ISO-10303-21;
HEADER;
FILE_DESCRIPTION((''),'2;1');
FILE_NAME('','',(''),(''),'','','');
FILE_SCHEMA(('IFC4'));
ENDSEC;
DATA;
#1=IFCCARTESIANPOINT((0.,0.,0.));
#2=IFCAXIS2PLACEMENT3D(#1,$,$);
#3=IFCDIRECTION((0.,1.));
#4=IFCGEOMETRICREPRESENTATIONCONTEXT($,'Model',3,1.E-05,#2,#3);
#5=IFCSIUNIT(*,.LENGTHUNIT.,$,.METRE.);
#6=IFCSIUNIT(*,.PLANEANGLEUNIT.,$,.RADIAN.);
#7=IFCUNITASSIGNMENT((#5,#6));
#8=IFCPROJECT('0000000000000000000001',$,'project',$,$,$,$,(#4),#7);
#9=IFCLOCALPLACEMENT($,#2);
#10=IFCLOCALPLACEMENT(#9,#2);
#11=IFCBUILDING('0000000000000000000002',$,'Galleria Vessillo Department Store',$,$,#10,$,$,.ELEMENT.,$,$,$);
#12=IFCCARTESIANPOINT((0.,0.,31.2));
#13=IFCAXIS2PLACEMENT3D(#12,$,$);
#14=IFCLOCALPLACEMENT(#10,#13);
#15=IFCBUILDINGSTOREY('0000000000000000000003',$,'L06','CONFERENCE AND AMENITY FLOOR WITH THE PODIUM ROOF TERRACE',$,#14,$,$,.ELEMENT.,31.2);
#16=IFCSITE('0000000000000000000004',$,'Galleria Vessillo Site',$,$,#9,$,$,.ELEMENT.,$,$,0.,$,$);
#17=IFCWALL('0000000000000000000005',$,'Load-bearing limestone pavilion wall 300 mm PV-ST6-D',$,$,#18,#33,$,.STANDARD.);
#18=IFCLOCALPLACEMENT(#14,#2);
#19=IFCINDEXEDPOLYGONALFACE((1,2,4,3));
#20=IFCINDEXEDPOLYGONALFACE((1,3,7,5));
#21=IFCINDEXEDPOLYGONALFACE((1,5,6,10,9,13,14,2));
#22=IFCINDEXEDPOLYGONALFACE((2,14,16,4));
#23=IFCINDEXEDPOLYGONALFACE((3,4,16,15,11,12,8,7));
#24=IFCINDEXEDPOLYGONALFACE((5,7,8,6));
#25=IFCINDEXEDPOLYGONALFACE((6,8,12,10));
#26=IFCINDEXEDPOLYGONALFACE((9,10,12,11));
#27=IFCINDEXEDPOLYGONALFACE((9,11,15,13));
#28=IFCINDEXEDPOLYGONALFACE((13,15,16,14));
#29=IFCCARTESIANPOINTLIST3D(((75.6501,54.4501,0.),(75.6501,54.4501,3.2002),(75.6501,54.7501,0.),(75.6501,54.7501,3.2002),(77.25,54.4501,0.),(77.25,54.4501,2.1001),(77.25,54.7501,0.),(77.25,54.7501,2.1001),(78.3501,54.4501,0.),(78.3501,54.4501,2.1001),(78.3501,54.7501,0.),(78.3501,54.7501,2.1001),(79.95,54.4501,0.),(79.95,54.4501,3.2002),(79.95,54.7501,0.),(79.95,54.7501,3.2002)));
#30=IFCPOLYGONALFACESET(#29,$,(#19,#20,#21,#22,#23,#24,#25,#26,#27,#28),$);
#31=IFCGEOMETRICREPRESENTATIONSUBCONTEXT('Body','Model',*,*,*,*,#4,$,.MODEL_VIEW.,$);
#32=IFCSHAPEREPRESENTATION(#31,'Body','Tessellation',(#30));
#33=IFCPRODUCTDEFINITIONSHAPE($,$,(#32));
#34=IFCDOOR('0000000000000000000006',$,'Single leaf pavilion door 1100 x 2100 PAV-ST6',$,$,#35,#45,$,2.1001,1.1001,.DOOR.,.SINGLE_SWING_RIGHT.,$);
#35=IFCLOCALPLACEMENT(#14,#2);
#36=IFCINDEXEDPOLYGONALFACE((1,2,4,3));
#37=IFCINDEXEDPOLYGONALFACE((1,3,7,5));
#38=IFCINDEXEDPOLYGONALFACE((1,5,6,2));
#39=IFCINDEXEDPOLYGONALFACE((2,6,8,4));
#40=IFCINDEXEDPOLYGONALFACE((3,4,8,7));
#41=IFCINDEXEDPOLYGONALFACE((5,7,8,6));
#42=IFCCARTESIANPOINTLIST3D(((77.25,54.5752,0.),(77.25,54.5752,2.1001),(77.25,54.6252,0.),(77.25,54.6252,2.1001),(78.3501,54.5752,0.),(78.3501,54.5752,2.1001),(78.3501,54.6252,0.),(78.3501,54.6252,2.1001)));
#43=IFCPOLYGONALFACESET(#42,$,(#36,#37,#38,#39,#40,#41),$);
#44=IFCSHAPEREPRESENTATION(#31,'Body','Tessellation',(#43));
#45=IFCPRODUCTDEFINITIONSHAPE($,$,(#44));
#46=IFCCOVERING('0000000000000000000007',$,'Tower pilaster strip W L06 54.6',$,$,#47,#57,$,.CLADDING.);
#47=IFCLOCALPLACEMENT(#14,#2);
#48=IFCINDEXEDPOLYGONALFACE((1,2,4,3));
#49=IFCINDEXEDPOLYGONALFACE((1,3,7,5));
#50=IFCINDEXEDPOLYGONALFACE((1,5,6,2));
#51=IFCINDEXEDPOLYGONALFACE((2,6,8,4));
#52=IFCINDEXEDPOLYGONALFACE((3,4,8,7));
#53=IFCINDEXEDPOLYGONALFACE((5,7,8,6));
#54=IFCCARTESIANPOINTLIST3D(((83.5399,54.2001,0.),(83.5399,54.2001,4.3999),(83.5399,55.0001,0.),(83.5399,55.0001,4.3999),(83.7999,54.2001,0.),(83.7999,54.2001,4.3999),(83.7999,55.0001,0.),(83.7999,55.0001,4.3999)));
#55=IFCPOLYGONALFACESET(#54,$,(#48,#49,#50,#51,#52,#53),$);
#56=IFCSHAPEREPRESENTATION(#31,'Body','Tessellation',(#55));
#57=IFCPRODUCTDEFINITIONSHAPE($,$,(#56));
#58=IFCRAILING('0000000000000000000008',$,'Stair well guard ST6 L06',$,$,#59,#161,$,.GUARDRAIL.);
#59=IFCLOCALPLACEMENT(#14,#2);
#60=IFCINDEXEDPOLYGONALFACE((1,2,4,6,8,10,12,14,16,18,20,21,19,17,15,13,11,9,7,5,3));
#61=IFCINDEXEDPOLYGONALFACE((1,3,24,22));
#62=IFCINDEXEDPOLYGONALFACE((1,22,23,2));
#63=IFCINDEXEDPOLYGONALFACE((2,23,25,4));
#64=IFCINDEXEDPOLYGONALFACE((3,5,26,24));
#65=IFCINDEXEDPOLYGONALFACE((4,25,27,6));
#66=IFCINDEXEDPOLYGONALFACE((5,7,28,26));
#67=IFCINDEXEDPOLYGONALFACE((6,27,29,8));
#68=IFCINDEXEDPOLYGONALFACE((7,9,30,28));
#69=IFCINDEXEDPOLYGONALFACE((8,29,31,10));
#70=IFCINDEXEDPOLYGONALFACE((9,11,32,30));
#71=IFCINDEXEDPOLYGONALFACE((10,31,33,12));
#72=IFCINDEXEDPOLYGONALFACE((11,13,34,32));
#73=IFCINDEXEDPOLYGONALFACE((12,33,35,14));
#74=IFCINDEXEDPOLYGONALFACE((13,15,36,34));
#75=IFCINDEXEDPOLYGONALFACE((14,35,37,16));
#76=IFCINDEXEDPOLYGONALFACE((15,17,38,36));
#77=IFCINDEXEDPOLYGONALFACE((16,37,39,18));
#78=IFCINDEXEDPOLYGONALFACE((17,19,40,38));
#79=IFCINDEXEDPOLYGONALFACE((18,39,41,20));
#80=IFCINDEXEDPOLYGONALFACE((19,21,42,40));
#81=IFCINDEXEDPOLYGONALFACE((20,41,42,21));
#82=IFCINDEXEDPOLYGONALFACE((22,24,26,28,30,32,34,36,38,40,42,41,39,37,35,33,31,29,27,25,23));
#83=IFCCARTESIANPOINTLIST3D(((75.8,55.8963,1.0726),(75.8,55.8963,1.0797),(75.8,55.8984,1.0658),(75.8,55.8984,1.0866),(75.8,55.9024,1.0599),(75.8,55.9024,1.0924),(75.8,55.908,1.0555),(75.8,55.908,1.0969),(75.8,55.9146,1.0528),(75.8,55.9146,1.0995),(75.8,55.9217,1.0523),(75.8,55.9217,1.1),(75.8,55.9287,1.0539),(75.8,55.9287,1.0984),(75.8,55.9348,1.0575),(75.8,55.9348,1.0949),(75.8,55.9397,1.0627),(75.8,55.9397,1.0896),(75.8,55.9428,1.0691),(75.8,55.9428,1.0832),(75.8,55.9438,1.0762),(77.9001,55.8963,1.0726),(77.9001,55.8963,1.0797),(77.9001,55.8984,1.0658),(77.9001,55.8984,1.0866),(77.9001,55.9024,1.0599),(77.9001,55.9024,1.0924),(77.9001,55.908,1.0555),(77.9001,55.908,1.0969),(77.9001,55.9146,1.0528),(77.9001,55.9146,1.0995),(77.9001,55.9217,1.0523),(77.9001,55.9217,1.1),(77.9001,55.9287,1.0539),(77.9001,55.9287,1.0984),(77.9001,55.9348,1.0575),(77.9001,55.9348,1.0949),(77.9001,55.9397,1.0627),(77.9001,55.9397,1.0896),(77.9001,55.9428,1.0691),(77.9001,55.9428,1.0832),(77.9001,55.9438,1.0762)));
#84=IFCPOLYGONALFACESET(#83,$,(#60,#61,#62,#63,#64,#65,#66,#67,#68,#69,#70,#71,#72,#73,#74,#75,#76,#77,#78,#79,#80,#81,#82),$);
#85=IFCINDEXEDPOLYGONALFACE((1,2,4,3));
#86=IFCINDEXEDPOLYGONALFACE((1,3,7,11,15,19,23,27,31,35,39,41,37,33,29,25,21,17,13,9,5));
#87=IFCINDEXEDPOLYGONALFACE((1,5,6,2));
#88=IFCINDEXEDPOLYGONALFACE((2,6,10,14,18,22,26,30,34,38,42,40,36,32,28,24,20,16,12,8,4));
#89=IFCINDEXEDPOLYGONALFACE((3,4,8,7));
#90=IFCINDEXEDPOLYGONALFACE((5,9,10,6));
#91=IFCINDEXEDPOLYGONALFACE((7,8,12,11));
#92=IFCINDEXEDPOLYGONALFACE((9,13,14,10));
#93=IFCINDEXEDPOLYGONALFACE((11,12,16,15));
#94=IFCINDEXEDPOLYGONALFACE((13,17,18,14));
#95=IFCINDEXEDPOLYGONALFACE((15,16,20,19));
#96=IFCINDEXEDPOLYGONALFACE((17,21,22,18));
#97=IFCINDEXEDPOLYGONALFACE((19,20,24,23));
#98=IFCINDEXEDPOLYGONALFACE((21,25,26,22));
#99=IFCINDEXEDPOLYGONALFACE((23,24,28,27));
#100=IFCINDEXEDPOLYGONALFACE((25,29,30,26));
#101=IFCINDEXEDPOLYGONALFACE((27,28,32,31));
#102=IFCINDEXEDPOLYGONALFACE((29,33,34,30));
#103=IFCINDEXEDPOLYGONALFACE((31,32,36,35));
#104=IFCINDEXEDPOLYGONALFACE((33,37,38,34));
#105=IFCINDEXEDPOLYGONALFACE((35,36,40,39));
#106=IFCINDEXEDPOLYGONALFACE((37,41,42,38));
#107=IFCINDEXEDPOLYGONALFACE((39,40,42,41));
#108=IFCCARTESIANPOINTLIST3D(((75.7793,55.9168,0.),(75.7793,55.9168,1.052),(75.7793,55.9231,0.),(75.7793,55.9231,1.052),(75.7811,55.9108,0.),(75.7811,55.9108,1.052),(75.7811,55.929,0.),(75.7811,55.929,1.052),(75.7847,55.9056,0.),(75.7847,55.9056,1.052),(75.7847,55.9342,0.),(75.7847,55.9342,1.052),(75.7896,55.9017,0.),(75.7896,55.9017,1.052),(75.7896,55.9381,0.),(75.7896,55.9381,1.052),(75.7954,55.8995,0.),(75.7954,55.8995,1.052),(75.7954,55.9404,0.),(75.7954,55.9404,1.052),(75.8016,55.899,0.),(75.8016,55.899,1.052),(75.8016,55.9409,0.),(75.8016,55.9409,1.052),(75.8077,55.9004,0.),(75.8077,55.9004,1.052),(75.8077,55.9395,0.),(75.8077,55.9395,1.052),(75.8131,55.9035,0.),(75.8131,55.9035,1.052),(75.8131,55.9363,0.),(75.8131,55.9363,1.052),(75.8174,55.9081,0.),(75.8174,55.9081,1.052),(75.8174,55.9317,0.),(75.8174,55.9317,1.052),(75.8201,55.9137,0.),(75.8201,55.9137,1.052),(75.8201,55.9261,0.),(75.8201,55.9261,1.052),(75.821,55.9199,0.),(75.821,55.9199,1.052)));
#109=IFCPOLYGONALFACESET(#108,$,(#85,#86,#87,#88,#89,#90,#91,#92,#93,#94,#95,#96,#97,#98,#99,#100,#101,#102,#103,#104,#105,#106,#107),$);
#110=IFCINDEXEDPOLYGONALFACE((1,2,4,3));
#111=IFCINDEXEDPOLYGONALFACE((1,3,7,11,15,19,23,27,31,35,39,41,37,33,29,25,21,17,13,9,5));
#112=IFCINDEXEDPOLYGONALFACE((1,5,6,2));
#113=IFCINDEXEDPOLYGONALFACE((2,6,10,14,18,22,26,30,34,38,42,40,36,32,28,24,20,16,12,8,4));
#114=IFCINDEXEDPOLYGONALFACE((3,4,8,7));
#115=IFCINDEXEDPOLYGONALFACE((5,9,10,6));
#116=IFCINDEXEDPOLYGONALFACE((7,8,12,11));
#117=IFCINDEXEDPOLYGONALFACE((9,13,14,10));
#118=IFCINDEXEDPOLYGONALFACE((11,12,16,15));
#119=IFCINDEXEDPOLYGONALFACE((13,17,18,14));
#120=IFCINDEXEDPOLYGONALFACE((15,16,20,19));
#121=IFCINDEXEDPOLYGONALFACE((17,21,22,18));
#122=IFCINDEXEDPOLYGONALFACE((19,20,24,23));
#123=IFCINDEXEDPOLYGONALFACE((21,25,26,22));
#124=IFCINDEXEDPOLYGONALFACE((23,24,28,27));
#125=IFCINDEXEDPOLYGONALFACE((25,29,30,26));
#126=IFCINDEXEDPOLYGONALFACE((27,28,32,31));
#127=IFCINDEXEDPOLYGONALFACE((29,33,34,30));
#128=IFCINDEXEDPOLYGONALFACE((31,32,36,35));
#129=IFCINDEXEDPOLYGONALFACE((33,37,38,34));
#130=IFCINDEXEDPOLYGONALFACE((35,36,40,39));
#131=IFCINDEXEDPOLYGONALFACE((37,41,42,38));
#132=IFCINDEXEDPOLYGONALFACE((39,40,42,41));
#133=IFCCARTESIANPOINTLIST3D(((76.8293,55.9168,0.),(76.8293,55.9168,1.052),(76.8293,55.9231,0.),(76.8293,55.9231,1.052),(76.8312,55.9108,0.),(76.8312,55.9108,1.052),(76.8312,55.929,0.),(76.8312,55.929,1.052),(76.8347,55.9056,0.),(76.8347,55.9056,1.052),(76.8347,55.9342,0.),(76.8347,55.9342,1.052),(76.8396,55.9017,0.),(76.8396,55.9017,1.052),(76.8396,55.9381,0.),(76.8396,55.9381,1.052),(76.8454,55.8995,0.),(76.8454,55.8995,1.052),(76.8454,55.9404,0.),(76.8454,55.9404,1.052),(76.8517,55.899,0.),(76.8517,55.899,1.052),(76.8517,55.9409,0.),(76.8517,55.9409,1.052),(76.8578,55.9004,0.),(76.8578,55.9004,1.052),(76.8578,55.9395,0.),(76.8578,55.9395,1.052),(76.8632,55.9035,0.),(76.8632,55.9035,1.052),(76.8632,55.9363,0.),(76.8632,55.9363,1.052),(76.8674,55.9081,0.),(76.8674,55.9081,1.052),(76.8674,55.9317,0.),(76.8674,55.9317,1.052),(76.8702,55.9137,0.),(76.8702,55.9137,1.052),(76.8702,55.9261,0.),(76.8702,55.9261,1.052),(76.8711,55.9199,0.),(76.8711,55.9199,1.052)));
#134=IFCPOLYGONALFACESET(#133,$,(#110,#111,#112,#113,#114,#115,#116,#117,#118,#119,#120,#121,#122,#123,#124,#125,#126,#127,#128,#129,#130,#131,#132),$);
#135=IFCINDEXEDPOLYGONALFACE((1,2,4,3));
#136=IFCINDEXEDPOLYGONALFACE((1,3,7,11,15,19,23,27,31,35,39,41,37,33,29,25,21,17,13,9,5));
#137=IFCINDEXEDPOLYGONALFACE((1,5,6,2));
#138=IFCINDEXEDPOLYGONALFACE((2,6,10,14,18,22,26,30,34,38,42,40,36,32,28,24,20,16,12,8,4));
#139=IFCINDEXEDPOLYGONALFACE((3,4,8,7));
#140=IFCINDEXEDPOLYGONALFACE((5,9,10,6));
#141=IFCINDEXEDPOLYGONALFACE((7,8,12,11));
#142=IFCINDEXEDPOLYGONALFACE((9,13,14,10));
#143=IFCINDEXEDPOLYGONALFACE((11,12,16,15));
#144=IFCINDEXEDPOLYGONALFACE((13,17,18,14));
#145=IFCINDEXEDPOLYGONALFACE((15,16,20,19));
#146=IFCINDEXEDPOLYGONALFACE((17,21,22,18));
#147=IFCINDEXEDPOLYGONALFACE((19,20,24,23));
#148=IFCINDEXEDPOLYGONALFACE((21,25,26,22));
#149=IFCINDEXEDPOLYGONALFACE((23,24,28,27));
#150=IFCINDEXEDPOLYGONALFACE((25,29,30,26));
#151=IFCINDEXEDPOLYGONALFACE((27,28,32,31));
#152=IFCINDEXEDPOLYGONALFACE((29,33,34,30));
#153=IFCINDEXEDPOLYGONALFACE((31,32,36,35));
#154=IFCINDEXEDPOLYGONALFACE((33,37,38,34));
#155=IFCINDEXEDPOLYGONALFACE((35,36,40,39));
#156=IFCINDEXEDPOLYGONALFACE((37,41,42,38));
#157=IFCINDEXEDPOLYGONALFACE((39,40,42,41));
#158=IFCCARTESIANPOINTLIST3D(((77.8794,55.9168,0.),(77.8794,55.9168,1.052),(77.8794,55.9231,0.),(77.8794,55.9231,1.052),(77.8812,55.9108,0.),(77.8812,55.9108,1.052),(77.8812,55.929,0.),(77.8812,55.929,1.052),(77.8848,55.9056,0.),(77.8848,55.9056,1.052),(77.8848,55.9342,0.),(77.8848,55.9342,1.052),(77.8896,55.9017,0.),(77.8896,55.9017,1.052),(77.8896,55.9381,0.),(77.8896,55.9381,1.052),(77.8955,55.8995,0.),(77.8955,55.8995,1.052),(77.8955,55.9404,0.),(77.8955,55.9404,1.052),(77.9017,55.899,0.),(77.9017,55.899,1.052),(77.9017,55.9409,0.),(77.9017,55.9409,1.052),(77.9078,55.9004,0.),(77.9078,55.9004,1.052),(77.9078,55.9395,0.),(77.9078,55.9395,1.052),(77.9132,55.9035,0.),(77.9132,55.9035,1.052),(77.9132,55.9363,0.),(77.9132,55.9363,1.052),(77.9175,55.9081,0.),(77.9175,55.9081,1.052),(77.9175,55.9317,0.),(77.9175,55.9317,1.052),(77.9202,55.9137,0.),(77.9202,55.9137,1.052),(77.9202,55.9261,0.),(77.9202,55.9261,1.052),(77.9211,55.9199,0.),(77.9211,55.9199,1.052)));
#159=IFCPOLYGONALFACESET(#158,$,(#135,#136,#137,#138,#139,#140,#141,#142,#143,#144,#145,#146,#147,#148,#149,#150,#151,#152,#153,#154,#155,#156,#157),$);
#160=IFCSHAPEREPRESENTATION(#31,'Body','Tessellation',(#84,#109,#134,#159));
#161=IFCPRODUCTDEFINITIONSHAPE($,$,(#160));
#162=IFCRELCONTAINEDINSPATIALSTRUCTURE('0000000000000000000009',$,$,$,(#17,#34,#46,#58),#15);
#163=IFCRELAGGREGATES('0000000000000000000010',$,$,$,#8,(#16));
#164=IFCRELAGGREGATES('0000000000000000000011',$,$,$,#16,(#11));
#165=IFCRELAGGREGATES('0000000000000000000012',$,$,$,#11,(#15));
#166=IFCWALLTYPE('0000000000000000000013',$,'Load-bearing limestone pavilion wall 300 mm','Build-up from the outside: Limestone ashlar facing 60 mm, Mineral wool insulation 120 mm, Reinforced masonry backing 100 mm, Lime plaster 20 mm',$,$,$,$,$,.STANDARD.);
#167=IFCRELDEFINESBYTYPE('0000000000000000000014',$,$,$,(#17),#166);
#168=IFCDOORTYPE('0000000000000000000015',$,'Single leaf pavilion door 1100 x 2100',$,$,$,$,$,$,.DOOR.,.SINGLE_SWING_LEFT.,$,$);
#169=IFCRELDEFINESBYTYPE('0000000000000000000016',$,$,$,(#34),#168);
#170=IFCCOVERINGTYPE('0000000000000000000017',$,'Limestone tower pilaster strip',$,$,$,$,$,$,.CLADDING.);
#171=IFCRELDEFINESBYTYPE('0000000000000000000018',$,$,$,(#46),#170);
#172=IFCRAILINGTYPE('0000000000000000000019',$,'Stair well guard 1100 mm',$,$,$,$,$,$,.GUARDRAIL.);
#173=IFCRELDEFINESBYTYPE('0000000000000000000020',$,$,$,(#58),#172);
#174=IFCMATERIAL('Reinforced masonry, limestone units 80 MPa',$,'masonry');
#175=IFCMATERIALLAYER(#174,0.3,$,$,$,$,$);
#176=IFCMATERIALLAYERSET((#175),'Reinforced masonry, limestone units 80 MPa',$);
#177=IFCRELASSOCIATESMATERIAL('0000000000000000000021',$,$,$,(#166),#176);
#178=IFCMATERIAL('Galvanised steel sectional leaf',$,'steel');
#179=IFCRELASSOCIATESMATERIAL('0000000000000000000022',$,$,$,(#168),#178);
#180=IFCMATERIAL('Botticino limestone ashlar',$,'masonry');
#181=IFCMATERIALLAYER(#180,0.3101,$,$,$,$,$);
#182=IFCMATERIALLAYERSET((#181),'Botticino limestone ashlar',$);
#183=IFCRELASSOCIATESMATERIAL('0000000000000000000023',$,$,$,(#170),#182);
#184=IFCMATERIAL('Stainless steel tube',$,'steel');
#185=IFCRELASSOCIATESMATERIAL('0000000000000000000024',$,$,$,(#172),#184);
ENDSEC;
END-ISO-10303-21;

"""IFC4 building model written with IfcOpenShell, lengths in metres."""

from ifc_helpers import new_model, si_unit, direction, frame, frame_2d, origin, origin_2d, place, context, subcontext, project, spatial, rectangle, circle, extrude, material, layer, layer_set, type_object, element, fill, save


model = new_model("IFC4")

# Units and contexts
model_context = context("Model", 3, precision=1e-05, world=origin(), true_north=direction((0.0, 1.0)))
body_context = subcontext(model_context, "Body", "Model", "MODEL_VIEW")
ifc_project = project(units=[si_unit("LENGTHUNIT", "METRE"), si_unit("PLANEANGLEUNIT", "RADIAN")], contexts=[model_context])

# Site, building, storey
site_placement = place(None, origin())
site = spatial("IfcSite", under=ifc_project, at=site_placement, Name="Galleria Vessillo Site", CompositionType="ELEMENT", RefElevation=0.0)
building_placement = place(site_placement, origin())
building = spatial("IfcBuilding", under=site, at=building_placement, Name="Galleria Vessillo Department Store", CompositionType="ELEMENT")
storey_placement = place(building_placement, frame((0.0, 0.0, 31.2)))
storey = spatial("IfcBuildingStorey", under=building, at=storey_placement, Name="L06", Description="CONFERENCE AND AMENITY FLOOR WITH THE PODIUM ROOF TERRACE", CompositionType="ELEMENT", Elevation=31.2)

# Wall, opening, door
ifc_material_1 = material(Name="Reinforced masonry, limestone units 80 MPa", Category="masonry")
ifc_layer_1 = layer(ifc_material_1, 0.3)
ifc_layer_set_1 = layer_set([ifc_layer_1], Name="Reinforced masonry, limestone units 80 MPa")
wall_type = type_object("IfcWallType", Name="Load-bearing limestone pavilion wall 300 mm", Description="Build-up from the outside: Limestone ashlar facing 60 mm, Mineral wool insulation 120 mm, Reinforced masonry backing 100 mm, Lime plaster 20 mm", PredefinedType="STANDARD", material=ifc_layer_set_1)
wall_placement = place(storey_placement, frame((75.6501, 54.6001, 0.0), z_axis=(0.0, 0.0, 1.0), x_axis=(1.0, 0.0, 0.0)))
wall = element("IfcWall", 1, at=wall_placement, inside=storey, type_object=wall_type, Name="Load-bearing limestone pavilion wall 300 mm PV-ST6-D", PredefinedType="STANDARD", context=body_context, shape_type="SweptSolid", body=[
    extrude(rectangle(XDim=4.2998, YDim=0.3, at=frame_2d((2.1499, 0.0))), origin(), (0.0, 0.0, 1.0), 3.2002),
])
opening_placement = place(wall_placement, frame((1.5999, 0.0, 0.0)))
opening = element("IfcOpeningElement", 2, at=opening_placement, cuts=wall, PredefinedType="OPENING", context=body_context, shape_type="SweptSolid", body=[
    extrude(rectangle(XDim=1.1001, YDim=2.1001, at=frame_2d((0.55, 1.05))), frame((0.0, 0.1602, 0.0), z_axis=(0.0, -1.0, 0.0), x_axis=(1.0, 0.0, 0.0)), (0.0, 0.0, 1.0), 0.3201),
])
ifc_material_2 = material(Name="Galvanised steel sectional leaf", Category="steel")
door_type = type_object("IfcDoorType", Name="Single leaf pavilion door 1100 x 2100", OperationType="SINGLE_SWING_LEFT", PredefinedType="DOOR", material=ifc_material_2)
door_placement = place(opening_placement, frame((1.1001, 0.0, 0.0), z_axis=(0.0, 0.0, 1.0), x_axis=(-1.0, 0.0, 0.0)))
door = element("IfcDoor", 3, at=door_placement, inside=storey, type_object=door_type, Name="Single leaf pavilion door 1100 x 2100 PAV-ST6", OperationType="SINGLE_SWING_RIGHT", OverallHeight=2.1001, OverallWidth=1.1001, PredefinedType="DOOR", context=body_context, shape_type="SweptSolid", body=[
    extrude(rectangle(XDim=1.1001, YDim=2.1001, at=frame_2d((0.55, 1.05))), frame((0.0, 0.0249, 0.0), z_axis=(0.0, -1.0, 0.0), x_axis=(1.0, 0.0, 0.0)), (0.0, 0.0, 1.0), 0.05),
])
fill(opening, door)

# Covering
ifc_material_3 = material(Name="Botticino limestone ashlar", Category="masonry")
ifc_layer_2 = layer(ifc_material_3, 0.3101)
ifc_layer_set_2 = layer_set([ifc_layer_2], Name="Botticino limestone ashlar")
covering_type = type_object("IfcCoveringType", Name="Limestone tower pilaster strip", PredefinedType="CLADDING", material=ifc_layer_set_2)
covering_placement = place(storey_placement, frame((83.6699, 54.6001, 0.0), z_axis=(0.0, 0.0, 1.0), x_axis=(1.0, 0.0, 0.0)))
element("IfcCovering", 4, at=covering_placement, inside=storey, type_object=covering_type, Name="Tower pilaster strip W L06 54.6", PredefinedType="CLADDING", context=body_context, shape_type="SweptSolid", body=[
    extrude(rectangle(XDim=0.26, YDim=0.8, at=origin_2d()), origin(), (0.0, 0.0, 1.0), 4.3999),
])

# Railing
ifc_material_4 = material(Name="Stainless steel tube", Category="steel")
railing_type = type_object("IfcRailingType", Name="Stair well guard 1100 mm", PredefinedType="GUARDRAIL", material=ifc_material_4)
railing_placement = place(storey_placement, frame((75.8, 55.9199, 0.0)))
element("IfcRailing", 5, at=railing_placement, inside=storey, type_object=railing_type, Name="Stair well guard ST6 L06", PredefinedType="GUARDRAIL", context=body_context, shape_type="SweptSolid", body=[
    extrude(circle(Radius=0.0239, at=origin_2d()), frame((0.0, 0.0, 1.0762), z_axis=(1.0, 0.0, 0.0), x_axis=(0.0, 1.0, 0.0)), (0.0, 0.0, 1.0), 2.1001),
    extrude(circle(Radius=0.021, at=origin_2d()), origin(), (0.0, 0.0, 1.0), 1.052),
    extrude(circle(Radius=0.021, at=origin_2d()), frame((1.05, 0.0, 0.0)), (0.0, 0.0, 1.0), 1.052),
    extrude(circle(Radius=0.021, at=origin_2d()), frame((2.1001, 0.0, 0.0)), (0.0, 0.0, 1.0), 1.052),
])

save(model, "model.ifc")
